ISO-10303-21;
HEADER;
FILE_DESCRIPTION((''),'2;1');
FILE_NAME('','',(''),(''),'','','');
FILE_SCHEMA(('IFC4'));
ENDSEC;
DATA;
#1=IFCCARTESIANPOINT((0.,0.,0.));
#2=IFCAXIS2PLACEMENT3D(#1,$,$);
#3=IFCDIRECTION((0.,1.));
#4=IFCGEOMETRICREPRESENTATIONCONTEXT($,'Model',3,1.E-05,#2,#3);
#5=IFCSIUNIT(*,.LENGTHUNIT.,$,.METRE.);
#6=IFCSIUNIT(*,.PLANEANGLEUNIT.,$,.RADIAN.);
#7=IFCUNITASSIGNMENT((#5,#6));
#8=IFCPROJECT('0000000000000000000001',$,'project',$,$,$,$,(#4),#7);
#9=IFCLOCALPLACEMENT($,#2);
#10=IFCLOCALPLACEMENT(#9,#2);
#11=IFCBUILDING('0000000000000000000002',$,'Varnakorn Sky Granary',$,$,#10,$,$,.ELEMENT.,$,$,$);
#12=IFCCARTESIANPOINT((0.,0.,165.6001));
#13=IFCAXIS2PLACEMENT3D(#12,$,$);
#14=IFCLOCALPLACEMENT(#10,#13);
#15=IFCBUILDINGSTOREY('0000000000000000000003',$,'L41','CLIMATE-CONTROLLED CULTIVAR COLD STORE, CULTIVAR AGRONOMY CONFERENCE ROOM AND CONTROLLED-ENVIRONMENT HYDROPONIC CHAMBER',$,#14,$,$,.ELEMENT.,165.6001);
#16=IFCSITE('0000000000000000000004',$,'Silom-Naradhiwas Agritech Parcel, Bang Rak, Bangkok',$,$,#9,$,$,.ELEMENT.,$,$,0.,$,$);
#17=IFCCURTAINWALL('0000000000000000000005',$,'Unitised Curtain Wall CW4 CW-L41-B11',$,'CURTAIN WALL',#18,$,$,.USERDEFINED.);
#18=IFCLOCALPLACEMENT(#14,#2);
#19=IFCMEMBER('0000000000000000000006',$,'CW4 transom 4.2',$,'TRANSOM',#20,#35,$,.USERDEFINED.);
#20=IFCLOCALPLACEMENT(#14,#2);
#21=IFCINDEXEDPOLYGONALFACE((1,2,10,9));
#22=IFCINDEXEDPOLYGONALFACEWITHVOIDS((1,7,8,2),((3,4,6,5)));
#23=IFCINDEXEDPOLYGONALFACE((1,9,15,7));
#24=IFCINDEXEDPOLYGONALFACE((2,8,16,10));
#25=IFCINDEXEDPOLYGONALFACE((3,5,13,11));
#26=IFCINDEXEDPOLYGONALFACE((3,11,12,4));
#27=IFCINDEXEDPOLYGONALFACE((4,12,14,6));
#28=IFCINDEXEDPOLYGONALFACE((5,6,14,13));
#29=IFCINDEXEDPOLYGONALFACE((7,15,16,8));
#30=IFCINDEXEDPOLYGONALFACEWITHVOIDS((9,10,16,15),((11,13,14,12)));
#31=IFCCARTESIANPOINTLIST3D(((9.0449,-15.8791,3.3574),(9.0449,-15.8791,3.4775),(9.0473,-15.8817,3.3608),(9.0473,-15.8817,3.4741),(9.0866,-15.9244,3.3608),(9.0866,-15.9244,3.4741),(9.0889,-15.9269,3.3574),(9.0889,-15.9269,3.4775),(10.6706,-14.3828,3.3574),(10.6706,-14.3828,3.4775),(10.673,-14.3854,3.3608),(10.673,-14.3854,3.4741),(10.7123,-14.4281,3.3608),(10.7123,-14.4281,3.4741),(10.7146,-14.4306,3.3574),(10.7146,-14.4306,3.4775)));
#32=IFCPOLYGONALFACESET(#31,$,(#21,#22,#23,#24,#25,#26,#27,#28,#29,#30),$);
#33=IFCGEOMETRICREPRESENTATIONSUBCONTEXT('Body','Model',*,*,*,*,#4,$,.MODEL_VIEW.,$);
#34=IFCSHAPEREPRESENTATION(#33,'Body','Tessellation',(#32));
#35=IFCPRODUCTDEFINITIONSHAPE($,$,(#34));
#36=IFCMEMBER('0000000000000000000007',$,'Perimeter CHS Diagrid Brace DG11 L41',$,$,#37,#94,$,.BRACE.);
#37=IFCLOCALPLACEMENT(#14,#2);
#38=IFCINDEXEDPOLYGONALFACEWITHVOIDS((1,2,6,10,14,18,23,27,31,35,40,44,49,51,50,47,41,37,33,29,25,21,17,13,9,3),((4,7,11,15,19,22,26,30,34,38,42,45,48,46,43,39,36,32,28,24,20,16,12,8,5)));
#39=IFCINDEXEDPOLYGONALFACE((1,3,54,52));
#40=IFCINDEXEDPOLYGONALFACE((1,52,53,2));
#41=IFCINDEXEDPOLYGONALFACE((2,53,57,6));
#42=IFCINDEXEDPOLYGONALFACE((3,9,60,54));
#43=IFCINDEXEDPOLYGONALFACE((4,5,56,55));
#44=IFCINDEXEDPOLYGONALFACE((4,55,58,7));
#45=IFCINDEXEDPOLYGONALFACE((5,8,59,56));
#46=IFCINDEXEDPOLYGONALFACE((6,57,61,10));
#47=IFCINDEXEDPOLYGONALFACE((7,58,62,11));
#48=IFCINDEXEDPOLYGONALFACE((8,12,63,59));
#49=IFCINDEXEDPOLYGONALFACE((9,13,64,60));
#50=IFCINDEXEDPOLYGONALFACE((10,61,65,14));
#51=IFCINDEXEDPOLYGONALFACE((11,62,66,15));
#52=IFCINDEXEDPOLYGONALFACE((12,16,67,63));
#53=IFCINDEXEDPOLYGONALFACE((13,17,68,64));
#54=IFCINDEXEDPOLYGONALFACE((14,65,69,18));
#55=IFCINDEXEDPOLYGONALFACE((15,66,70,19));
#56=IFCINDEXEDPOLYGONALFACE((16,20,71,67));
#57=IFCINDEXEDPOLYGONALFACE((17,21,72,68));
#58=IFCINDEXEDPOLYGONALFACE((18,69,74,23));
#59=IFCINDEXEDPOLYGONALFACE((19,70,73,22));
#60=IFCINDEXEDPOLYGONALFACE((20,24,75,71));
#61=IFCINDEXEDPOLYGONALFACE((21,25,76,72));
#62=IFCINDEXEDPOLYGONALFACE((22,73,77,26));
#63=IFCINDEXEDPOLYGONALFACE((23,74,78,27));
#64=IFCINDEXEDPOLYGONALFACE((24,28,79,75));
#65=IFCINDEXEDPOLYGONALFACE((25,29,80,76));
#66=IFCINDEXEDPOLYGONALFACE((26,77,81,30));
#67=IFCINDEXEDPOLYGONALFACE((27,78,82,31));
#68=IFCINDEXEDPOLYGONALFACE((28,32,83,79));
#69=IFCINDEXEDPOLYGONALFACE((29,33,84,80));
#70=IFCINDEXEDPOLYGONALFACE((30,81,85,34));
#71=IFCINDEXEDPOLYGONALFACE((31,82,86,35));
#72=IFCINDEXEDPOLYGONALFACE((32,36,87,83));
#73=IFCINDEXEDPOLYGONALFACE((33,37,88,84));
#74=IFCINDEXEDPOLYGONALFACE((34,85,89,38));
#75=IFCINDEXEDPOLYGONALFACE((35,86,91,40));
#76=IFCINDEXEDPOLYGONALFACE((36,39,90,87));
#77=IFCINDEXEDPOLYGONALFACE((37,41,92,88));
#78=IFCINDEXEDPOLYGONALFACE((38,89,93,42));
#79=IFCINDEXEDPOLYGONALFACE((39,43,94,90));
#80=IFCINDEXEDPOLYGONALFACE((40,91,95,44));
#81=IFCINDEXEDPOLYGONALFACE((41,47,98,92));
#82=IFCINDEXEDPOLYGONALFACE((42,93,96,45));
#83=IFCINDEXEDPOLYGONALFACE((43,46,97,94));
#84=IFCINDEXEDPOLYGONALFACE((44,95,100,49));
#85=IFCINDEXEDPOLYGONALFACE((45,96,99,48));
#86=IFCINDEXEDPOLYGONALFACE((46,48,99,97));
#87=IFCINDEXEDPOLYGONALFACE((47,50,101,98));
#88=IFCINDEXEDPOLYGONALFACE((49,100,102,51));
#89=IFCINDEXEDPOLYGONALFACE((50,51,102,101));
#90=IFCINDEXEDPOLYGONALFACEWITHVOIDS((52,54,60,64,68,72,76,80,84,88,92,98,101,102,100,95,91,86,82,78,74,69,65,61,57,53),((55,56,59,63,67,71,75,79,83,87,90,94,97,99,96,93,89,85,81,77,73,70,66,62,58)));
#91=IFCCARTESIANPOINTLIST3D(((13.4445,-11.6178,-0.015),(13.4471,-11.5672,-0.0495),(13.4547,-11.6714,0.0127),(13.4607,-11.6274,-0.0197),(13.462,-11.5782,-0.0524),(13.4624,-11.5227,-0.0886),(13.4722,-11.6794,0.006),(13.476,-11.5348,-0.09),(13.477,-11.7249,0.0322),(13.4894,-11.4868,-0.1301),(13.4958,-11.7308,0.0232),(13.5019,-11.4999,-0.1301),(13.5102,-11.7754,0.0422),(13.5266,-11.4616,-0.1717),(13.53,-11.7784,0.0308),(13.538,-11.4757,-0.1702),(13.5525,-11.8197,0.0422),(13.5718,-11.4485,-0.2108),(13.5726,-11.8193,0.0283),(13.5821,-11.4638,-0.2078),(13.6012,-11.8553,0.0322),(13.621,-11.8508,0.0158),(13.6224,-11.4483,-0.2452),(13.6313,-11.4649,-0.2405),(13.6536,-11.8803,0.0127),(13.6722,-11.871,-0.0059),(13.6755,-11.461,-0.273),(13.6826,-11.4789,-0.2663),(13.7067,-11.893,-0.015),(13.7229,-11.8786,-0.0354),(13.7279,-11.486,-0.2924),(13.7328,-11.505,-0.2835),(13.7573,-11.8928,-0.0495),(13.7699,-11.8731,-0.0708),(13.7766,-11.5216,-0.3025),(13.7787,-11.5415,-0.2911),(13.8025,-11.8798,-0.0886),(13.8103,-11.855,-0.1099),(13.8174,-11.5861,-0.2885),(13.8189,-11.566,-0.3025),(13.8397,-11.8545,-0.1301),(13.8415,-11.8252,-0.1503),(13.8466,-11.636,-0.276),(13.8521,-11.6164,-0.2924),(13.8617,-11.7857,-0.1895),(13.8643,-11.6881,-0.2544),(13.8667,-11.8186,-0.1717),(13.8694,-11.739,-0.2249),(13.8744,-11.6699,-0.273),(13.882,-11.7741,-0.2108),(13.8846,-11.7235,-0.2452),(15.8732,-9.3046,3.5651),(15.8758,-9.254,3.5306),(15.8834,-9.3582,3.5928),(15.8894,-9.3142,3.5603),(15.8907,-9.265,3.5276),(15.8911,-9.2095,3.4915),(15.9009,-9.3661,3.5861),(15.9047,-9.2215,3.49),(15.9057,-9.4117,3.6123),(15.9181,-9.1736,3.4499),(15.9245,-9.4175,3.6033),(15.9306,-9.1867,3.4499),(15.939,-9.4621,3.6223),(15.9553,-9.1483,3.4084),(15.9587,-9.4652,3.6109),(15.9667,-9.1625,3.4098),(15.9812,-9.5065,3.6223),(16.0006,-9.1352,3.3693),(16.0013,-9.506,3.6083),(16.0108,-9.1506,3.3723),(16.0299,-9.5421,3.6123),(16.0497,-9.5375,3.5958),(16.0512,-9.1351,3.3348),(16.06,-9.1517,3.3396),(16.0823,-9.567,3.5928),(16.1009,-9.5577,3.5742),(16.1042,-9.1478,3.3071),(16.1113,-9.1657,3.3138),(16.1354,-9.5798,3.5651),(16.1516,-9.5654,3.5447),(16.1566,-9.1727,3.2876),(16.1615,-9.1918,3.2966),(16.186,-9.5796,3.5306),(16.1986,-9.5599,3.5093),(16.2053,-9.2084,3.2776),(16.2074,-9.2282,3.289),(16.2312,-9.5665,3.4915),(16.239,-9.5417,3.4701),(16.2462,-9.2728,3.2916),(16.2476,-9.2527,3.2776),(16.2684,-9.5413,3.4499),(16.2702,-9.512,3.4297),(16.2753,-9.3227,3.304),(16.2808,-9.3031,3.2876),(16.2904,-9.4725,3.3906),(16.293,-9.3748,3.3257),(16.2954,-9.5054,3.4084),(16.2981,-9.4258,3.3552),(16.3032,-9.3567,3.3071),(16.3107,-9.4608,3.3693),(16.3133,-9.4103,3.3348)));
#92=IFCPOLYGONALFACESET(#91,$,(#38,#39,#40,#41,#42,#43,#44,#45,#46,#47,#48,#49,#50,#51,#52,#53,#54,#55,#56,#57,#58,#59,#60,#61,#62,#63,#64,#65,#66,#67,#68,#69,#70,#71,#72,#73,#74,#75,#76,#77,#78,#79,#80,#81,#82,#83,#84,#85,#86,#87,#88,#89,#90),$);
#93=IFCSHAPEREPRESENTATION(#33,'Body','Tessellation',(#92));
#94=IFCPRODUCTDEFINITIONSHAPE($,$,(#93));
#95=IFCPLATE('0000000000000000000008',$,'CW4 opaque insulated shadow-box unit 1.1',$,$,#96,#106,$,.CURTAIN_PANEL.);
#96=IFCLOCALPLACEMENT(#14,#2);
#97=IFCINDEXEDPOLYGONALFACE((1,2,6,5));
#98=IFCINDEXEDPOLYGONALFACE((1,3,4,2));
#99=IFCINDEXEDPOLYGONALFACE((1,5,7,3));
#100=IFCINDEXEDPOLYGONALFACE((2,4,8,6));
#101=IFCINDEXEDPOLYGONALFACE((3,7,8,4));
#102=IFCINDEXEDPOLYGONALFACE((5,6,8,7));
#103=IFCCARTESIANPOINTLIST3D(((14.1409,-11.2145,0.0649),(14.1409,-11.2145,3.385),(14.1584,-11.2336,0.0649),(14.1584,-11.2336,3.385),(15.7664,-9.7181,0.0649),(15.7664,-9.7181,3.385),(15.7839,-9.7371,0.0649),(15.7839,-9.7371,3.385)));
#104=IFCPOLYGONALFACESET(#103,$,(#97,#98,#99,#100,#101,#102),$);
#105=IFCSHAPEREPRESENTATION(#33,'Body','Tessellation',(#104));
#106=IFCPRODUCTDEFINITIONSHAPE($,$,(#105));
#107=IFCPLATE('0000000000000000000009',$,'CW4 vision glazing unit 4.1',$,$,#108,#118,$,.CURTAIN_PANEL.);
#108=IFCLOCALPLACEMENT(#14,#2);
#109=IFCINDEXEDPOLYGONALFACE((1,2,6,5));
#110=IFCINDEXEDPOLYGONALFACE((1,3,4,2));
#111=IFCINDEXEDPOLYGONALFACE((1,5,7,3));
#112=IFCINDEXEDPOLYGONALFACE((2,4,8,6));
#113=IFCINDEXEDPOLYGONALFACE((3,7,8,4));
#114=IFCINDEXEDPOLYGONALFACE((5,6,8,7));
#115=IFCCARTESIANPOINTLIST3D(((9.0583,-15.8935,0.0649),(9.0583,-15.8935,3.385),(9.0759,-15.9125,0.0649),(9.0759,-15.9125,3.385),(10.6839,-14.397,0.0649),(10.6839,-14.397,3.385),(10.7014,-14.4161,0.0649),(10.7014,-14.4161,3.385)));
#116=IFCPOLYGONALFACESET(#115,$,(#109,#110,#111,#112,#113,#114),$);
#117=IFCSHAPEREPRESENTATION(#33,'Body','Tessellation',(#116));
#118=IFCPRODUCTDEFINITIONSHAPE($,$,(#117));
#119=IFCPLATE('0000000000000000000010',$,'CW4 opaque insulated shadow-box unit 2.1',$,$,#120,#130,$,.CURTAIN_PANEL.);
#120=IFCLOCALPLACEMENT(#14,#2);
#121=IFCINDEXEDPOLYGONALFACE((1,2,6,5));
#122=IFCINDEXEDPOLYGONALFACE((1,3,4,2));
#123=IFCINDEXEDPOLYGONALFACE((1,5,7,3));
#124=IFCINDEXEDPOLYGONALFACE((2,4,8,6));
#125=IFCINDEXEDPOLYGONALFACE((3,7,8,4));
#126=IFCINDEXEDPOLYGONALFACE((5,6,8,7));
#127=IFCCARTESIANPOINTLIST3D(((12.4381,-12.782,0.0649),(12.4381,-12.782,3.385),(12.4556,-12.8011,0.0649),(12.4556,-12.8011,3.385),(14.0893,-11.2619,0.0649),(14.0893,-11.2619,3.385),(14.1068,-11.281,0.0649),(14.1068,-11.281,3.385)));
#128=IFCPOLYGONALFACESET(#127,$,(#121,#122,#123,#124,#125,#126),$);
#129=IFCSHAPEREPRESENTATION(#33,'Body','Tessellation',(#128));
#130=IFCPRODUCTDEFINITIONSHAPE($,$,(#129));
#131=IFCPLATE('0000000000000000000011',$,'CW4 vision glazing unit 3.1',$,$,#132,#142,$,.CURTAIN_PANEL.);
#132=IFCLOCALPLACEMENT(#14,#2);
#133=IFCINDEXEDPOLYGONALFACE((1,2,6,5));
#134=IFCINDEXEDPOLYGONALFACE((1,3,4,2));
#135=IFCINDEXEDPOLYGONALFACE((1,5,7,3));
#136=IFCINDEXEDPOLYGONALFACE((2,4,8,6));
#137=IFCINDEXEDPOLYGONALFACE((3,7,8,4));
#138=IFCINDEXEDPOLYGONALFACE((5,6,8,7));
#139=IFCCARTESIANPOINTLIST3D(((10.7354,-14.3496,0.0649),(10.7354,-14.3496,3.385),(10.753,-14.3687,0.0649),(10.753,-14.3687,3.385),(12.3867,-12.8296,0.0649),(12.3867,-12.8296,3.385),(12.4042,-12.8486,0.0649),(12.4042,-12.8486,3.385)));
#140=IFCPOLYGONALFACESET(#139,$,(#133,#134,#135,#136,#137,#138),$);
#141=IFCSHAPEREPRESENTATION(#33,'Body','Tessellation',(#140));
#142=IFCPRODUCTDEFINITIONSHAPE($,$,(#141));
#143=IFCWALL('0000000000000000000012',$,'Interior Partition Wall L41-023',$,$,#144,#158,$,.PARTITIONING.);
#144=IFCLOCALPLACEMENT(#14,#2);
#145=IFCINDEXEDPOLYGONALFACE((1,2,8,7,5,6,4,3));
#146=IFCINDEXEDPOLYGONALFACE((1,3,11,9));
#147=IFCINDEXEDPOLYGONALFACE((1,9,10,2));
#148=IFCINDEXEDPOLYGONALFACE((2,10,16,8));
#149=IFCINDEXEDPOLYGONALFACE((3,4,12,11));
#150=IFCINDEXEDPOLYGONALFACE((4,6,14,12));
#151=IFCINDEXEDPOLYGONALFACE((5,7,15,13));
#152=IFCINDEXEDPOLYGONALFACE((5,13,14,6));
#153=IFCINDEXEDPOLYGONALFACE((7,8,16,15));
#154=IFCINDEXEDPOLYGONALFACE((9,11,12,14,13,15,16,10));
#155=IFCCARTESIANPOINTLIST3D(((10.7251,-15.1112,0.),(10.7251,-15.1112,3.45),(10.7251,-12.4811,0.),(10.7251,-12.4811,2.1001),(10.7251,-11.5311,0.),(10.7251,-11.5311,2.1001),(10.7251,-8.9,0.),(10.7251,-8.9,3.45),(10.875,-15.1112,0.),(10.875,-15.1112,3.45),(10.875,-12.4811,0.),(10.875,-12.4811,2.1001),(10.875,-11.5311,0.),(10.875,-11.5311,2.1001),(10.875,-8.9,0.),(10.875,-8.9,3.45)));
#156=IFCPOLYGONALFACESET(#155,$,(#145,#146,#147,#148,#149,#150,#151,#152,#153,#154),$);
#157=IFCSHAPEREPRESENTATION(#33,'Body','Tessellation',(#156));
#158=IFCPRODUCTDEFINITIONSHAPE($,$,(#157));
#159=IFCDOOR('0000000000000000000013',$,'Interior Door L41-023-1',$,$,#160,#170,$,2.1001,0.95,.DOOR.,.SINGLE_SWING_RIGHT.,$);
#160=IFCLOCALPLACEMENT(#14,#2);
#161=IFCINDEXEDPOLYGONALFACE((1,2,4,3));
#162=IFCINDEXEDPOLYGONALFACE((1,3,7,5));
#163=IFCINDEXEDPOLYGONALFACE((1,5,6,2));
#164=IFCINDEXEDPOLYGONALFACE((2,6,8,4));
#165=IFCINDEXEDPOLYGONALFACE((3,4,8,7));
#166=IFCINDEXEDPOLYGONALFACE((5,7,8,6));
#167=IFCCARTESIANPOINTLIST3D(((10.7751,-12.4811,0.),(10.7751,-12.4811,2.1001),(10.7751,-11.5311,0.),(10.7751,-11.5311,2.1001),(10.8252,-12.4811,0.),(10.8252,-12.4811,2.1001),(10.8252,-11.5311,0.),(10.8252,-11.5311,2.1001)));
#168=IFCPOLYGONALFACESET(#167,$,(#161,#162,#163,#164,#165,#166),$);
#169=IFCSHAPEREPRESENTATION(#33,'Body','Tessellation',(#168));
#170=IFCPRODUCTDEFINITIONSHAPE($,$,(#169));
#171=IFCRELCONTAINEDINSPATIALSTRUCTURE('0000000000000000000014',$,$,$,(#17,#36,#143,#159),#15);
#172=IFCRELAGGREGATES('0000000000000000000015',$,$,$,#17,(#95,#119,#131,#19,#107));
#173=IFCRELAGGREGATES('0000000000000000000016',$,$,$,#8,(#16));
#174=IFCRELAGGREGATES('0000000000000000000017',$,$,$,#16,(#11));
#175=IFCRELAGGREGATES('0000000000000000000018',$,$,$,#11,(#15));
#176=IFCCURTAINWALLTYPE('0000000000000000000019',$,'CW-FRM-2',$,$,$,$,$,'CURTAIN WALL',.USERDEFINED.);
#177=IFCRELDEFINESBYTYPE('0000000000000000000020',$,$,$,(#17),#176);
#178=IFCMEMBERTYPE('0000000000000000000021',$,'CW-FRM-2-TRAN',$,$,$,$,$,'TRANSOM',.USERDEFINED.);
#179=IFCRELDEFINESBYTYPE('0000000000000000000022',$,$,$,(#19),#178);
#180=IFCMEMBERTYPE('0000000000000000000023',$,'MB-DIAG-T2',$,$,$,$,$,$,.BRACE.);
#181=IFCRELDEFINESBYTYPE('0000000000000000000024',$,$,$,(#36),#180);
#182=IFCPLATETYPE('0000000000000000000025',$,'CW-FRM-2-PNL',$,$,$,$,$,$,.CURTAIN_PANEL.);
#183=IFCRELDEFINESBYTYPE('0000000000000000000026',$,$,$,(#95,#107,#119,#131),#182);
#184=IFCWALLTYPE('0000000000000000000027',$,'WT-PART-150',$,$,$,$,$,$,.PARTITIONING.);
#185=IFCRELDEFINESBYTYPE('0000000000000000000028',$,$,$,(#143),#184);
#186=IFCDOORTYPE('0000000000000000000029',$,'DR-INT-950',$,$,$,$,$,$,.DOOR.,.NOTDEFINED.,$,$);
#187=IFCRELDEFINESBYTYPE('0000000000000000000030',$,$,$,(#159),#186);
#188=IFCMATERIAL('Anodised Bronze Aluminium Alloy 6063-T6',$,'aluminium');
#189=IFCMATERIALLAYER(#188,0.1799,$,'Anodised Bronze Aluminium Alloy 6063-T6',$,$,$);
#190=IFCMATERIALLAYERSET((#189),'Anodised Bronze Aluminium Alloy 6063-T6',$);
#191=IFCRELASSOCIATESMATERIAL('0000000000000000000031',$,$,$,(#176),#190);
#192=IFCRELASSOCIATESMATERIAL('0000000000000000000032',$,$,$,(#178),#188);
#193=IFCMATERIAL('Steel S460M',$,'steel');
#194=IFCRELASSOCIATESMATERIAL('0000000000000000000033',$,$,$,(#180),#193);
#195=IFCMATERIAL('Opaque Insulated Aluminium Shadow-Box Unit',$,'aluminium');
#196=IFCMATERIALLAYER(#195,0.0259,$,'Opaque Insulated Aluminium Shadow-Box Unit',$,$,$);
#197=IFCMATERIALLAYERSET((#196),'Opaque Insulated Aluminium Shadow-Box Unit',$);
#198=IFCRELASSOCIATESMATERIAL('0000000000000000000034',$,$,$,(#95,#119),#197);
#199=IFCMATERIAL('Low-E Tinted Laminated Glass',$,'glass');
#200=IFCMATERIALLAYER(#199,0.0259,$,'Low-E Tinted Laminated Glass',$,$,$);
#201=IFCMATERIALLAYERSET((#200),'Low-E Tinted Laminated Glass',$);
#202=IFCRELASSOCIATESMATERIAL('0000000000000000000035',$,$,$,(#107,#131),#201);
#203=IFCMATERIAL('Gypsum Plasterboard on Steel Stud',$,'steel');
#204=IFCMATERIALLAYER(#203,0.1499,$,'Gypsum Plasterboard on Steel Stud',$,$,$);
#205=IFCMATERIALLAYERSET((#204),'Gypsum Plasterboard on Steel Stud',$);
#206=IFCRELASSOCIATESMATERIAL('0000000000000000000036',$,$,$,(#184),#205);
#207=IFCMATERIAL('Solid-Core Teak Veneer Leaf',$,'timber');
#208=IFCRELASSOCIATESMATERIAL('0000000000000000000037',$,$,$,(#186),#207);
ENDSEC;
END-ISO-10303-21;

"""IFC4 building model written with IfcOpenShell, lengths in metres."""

from ifc_helpers import new_model, si_unit, direction, frame, frame_2d, origin, origin_2d, place, context, subcontext, project, spatial, rectangle, hollow_rectangle, hollow_circle, extrude, source, transform, mapped, material, layer, layer_set, material_profile, profile_set, type_object, type_shapes, element, fill, aggregate, save


model = new_model("IFC4")

# Units and contexts
model_context = context("Model", 3, precision=1e-05, world=origin(), true_north=direction((0.0, 1.0)))
body_context = subcontext(model_context, "Body", "Model", "MODEL_VIEW")
ifc_project = project(units=[si_unit("LENGTHUNIT", "METRE"), si_unit("PLANEANGLEUNIT", "RADIAN")], contexts=[model_context])

# Site, building, storey
site_placement = place(None, origin())
site = spatial("IfcSite", under=ifc_project, at=site_placement, Name="Silom-Naradhiwas Agritech Parcel, Bang Rak, Bangkok", CompositionType="ELEMENT", RefElevation=0.0)
building_placement = place(site_placement, origin())
building = spatial("IfcBuilding", under=site, at=building_placement, Name="Varnakorn Sky Granary", CompositionType="ELEMENT")
storey_placement = place(building_placement, frame((0.0, 0.0, 165.6001)))
storey = spatial("IfcBuildingStorey", under=building, at=storey_placement, Name="L41", Description="CLIMATE-CONTROLLED CULTIVAR COLD STORE, CULTIVAR AGRONOMY CONFERENCE ROOM AND CONTROLLED-ENVIRONMENT HYDROPONIC CHAMBER", CompositionType="ELEMENT", Elevation=165.6001)

# Curtain wall, member
ifc_material_1 = material(Name="Anodised Bronze Aluminium Alloy 6063-T6", Category="aluminium")
ifc_layer_1 = layer(ifc_material_1, 0.1799, Name="Anodised Bronze Aluminium Alloy 6063-T6")
ifc_layer_set_1 = layer_set([ifc_layer_1], Name="Anodised Bronze Aluminium Alloy 6063-T6")
curtain_wall_type = type_object("IfcCurtainWallType", Name="CW-FRM-2", ElementType="CURTAIN WALL", PredefinedType="USERDEFINED", material=ifc_layer_set_1)
curtain_wall_placement = place(storey_placement, origin())
curtain_wall = element("IfcCurtainWall", 1, at=curtain_wall_placement, inside=storey, type_object=curtain_wall_type, Name="Unitised Curtain Wall CW4 CW-L41-B11", ObjectType="CURTAIN WALL", PredefinedType="USERDEFINED")
ifc_material_profile_1 = material_profile(ifc_material_1, hollow_rectangle(XDim=0.0649, YDim=0.1201, WallThickness=0.0034, at=origin_2d()), Name="ALU TRAN 65x120")
ifc_profile_set_1 = profile_set([ifc_material_profile_1], Name="Anodised Bronze Aluminium Alloy 6063-T6")
member_type_1 = type_object("IfcMemberType", Name="CW-FRM-2-TRAN", ElementType="TRANSOM", PredefinedType="USERDEFINED", material=ifc_profile_set_1)
member_1_placement = place(storey_placement, frame((10.6926, -14.4067, 3.4175), z_axis=(-0.735781, -0.677219, 0.0), x_axis=(0.677219, -0.735781, 0.0)))
member_1 = element("IfcMember", 2, at=member_1_placement, type_object=member_type_1, Name="CW4 transom 4.2", ObjectType="TRANSOM", PredefinedType="USERDEFINED", context=body_context, shape_type="SweptSolid", body=[
    extrude(hollow_rectangle(XDim=0.0649, YDim=0.1201, WallThickness=0.0034, at=origin_2d()), origin(), (0.0, 0.0, 1.0), 2.2095),
])

# Member
ifc_material_2 = material(Name="Steel S460M", Category="steel")
ifc_material_profile_2 = material_profile(ifc_material_2, hollow_circle(Radius=0.2539, WallThickness=0.0181, at=origin_2d()), Name="CHS 508x18")
ifc_profile_set_2 = profile_set([ifc_material_profile_2], Name="Steel S460M")
member_type_2 = type_object("IfcMemberType", Name="MB-DIAG-T2", PredefinedType="BRACE", material=ifc_profile_set_2)
member_2_placement = place(storey_placement, frame((13.6646, -11.6707, -0.1301), z_axis=(0.495072, 0.471532, 0.729768), x_axis=(-0.689682, 0.724112, 0.0)))
element("IfcMember", 3, at=member_2_placement, inside=storey, type_object=member_type_2, Name="Perimeter CHS Diagrid Brace DG11 L41", PredefinedType="BRACE", context=body_context, shape_type="SweptSolid", body=[
    extrude(hollow_circle(Radius=0.2539, WallThickness=0.0181, at=origin_2d()), origin(), (0.0, 0.0, 1.0), 4.9058),
])

# Plates
ifc_material_3 = material(Name="Opaque Insulated Aluminium Shadow-Box Unit", Category="aluminium")
ifc_layer_2 = layer(ifc_material_3, 0.0259, Name="Opaque Insulated Aluminium Shadow-Box Unit")
ifc_layer_set_2 = layer_set([ifc_layer_2], Name="Opaque Insulated Aluminium Shadow-Box Unit")
plate_type = type_object("IfcPlateType", Name="CW-FRM-2-PNL", PredefinedType="CURTAIN_PANEL")
shared_shape_1 = source(origin(), body_context, "Body", "SweptSolid", [
    extrude(rectangle(XDim=2.2095, YDim=0.0259, at=origin_2d()), origin(), (0.0, 0.0, 1.0), 3.3201),
])
plate_1_placement = place(storey_placement, frame((14.9624, -10.4758, 0.0649), z_axis=(0.0, 0.0, 1.0), x_axis=(-0.735721, -0.677285, 0.0)))
plate_1 = element("IfcPlate", 4, at=plate_1_placement, type_object=plate_type, material=ifc_layer_set_2, Name="CW4 opaque insulated shadow-box unit 1.1", PredefinedType="CURTAIN_PANEL", context=body_context, shape_type="MappedRepresentation", body=[
    mapped(shared_shape_1, transform((0.0, 0.0, 0.0), x_axis=(1.0, 0.0, 0.0), y_axis=(0.0, 1.0, 0.0), z_axis=(0.0, 0.0, 1.0), scale=1.0)),
])
ifc_material_4 = material(Name="Low-E Tinted Laminated Glass", Category="glass")
ifc_layer_3 = layer(ifc_material_4, 0.0259, Name="Low-E Tinted Laminated Glass")
ifc_layer_set_3 = layer_set([ifc_layer_3], Name="Low-E Tinted Laminated Glass")
plate_2_placement = place(storey_placement, frame((9.8799, -15.1548, 0.0649), z_axis=(0.0, 0.0, 1.0), x_axis=(-0.735721, -0.677285, 0.0)))
plate_2 = element("IfcPlate", 5, at=plate_2_placement, type_object=plate_type, material=ifc_layer_set_3, Name="CW4 vision glazing unit 4.1", PredefinedType="CURTAIN_PANEL", context=body_context, shape_type="MappedRepresentation", body=[
    mapped(shared_shape_1, transform((0.0, 0.0, 0.0), x_axis=(1.0, 0.0, 0.0), y_axis=(0.0, 1.0, 0.0), z_axis=(0.0, 0.0, 1.0), scale=1.0)),
])
shared_shape_2 = source(origin(), body_context, "Body", "SweptSolid", [
    extrude(rectangle(XDim=2.2444, YDim=0.0259, at=origin_2d()), origin(), (0.0, 0.0, 1.0), 3.3201),
])
type_shapes(plate_type, [shared_shape_1, shared_shape_2])
plate_3_placement = place(storey_placement, frame((13.2725, -12.0315, 0.0649), z_axis=(0.0, 0.0, 1.0), x_axis=(-0.735721, -0.677285, 0.0)))
plate_3 = element("IfcPlate", 6, at=plate_3_placement, type_object=plate_type, material=ifc_layer_set_2, Name="CW4 opaque insulated shadow-box unit 2.1", PredefinedType="CURTAIN_PANEL", context=body_context, shape_type="MappedRepresentation", body=[
    mapped(shared_shape_2, transform((0.0, 0.0, 0.0), x_axis=(1.0, 0.0, 0.0), y_axis=(0.0, 1.0, 0.0), z_axis=(0.0, 0.0, 1.0), scale=1.0)),
])
plate_4_placement = place(storey_placement, frame((11.5698, -13.5991, 0.0649), z_axis=(0.0, 0.0, 1.0), x_axis=(-0.735721, -0.677285, 0.0)))
plate_4 = element("IfcPlate", 7, at=plate_4_placement, type_object=plate_type, material=ifc_layer_set_3, Name="CW4 vision glazing unit 3.1", PredefinedType="CURTAIN_PANEL", context=body_context, shape_type="MappedRepresentation", body=[
    mapped(shared_shape_2, transform((0.0, 0.0, 0.0), x_axis=(1.0, 0.0, 0.0), y_axis=(0.0, 1.0, 0.0), z_axis=(0.0, 0.0, 1.0), scale=1.0)),
])
aggregate(curtain_wall, [plate_1, plate_3, plate_4, member_1, plate_2])

# Wall, opening, door
ifc_material_5 = material(Name="Gypsum Plasterboard on Steel Stud", Category="steel")
ifc_layer_4 = layer(ifc_material_5, 0.1499, Name="Gypsum Plasterboard on Steel Stud")
ifc_layer_set_4 = layer_set([ifc_layer_4], Name="Gypsum Plasterboard on Steel Stud")
wall_type = type_object("IfcWallType", Name="WT-PART-150", PredefinedType="PARTITIONING", material=ifc_layer_set_4)
wall_placement = place(storey_placement, frame((10.8, -15.1111, 0.0), z_axis=(0.0, 0.0, 1.0), x_axis=(0.0, 1.0, 0.0)))
wall = element("IfcWall", 8, at=wall_placement, inside=storey, type_object=wall_type, Name="Interior Partition Wall L41-023", PredefinedType="PARTITIONING", context=body_context, shape_type="SweptSolid", body=[
    extrude(rectangle(XDim=6.2112, YDim=0.1499, at=frame_2d((3.1055, 0.0))), origin(), (0.0, 0.0, 1.0), 3.45),
])
opening_placement = place(wall_placement, frame((2.6299, 0.0, 0.0)))
opening = element("IfcOpeningElement", 9, at=opening_placement, cuts=wall, PredefinedType="OPENING", context=body_context, shape_type="SweptSolid", body=[
    extrude(rectangle(XDim=0.95, YDim=2.1001, at=frame_2d((0.4751, 1.05))), frame((0.0, 0.085, 0.0), z_axis=(0.0, -1.0, 0.0), x_axis=(1.0, 0.0, 0.0)), (0.0, 0.0, 1.0), 0.1699),
])
ifc_material_6 = material(Name="Solid-Core Teak Veneer Leaf", Category="timber")
door_type = type_object("IfcDoorType", Name="DR-INT-950", OperationType="NOTDEFINED", PredefinedType="DOOR", material=ifc_material_6)
door_placement = place(opening_placement, origin())
door = element("IfcDoor", 10, at=door_placement, inside=storey, type_object=door_type, Name="Interior Door L41-023-1", OperationType="SINGLE_SWING_RIGHT", OverallHeight=2.1001, OverallWidth=0.95, PredefinedType="DOOR", context=body_context, shape_type="SweptSolid", body=[
    extrude(rectangle(XDim=0.95, YDim=2.1001, at=frame_2d((0.4751, 1.05))), frame((0.0, 0.0249, 0.0), z_axis=(0.0, -1.0, 0.0), x_axis=(1.0, 0.0, 0.0)), (0.0, 0.0, 1.0), 0.05),
])
fill(opening, door)

save(model, "model.ifc")
